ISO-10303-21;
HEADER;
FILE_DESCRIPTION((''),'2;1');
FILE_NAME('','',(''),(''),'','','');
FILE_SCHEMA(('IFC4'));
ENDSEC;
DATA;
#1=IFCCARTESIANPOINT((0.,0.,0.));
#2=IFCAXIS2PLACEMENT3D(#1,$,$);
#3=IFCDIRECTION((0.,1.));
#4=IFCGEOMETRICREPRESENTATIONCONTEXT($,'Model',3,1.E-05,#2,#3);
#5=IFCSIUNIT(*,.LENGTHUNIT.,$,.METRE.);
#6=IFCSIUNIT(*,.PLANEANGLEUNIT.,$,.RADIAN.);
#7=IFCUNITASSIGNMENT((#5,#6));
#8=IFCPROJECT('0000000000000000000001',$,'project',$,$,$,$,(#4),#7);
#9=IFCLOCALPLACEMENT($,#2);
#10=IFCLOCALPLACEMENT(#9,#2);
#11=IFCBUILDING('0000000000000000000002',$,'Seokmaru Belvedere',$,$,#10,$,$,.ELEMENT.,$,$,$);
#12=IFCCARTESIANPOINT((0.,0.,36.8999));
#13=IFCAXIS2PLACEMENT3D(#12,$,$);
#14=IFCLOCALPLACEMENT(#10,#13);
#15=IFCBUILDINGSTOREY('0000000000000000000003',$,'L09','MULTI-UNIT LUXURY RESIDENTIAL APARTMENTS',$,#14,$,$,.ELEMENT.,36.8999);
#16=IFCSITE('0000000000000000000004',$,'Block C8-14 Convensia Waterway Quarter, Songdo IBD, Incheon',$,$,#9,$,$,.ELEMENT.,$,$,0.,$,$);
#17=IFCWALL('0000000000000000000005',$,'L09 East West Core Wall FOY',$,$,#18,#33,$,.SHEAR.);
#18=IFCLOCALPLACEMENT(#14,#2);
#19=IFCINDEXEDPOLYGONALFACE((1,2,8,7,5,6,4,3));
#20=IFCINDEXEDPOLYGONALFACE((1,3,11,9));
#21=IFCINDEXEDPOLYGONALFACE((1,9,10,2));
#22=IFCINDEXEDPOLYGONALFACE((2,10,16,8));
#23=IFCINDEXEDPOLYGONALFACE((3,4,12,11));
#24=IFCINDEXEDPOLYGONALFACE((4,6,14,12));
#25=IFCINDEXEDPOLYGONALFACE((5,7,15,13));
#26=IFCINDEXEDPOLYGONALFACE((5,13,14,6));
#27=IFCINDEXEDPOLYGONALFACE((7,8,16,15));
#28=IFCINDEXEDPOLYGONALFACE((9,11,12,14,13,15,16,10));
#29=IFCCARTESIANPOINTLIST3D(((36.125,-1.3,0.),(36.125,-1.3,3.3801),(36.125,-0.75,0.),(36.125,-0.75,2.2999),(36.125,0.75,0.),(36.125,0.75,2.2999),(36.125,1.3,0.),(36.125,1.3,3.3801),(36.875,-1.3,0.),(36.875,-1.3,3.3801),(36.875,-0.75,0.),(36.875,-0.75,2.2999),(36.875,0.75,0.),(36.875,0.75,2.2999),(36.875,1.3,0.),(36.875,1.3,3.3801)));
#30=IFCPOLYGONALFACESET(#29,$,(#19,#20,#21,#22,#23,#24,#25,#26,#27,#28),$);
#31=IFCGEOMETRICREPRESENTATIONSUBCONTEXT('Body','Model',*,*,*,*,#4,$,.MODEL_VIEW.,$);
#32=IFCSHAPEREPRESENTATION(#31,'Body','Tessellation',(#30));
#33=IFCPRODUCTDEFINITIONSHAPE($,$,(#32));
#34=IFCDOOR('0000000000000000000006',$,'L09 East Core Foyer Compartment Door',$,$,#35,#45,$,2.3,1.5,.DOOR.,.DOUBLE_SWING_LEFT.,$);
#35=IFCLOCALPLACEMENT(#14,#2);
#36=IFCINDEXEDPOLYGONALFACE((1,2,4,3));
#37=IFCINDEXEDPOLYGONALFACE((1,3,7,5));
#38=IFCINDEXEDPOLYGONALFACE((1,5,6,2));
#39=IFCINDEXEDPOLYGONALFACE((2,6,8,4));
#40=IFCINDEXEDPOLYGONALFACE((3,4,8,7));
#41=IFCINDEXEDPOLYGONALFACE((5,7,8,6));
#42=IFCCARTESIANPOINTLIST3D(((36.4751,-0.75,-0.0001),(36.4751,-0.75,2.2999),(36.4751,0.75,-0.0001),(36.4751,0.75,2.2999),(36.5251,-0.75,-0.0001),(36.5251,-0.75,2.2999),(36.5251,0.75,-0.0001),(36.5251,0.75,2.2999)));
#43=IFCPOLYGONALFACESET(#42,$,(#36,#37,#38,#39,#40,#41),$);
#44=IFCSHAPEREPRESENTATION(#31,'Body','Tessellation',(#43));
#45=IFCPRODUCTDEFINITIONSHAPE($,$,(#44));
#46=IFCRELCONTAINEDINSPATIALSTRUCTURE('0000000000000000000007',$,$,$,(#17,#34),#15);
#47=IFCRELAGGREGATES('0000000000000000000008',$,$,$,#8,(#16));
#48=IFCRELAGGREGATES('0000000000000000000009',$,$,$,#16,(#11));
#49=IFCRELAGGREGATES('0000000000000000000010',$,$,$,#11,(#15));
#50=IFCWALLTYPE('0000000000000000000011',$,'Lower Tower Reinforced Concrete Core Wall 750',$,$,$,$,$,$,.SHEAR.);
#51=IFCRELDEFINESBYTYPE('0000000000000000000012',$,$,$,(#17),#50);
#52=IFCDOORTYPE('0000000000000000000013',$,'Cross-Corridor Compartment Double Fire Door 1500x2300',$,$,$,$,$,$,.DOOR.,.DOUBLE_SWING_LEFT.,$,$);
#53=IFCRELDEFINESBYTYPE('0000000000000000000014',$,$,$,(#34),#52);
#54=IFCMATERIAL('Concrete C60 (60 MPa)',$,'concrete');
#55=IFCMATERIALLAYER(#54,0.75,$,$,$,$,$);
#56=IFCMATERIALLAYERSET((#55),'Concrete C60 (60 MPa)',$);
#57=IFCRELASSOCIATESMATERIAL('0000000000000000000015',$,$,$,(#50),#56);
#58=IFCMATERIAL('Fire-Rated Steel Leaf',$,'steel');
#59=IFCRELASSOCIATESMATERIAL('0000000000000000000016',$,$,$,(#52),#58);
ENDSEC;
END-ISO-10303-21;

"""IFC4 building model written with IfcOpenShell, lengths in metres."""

from ifc_helpers import new_model, si_unit, direction, frame, frame_2d, origin, place, context, subcontext, project, spatial, rectangle, extrude, source, transform, mapped, material, layer, layer_set, type_object, type_shapes, element, fill, save


model = new_model("IFC4")

# Units and contexts
model_context = context("Model", 3, precision=1e-05, world=origin(), true_north=direction((0.0, 1.0)))
body_context = subcontext(model_context, "Body", "Model", "MODEL_VIEW")
ifc_project = project(units=[si_unit("LENGTHUNIT", "METRE"), si_unit("PLANEANGLEUNIT", "RADIAN")], contexts=[model_context])

# Site, building, storey
site_placement = place(None, origin())
site = spatial("IfcSite", under=ifc_project, at=site_placement, Name="Block C8-14 Convensia Waterway Quarter, Songdo IBD, Incheon", CompositionType="ELEMENT", RefElevation=0.0)
building_placement = place(site_placement, origin())
building = spatial("IfcBuilding", under=site, at=building_placement, Name="Seokmaru Belvedere", CompositionType="ELEMENT")
storey_placement = place(building_placement, frame((0.0, 0.0, 36.8999)))
storey = spatial("IfcBuildingStorey", under=building, at=storey_placement, Name="L09", Description="MULTI-UNIT LUXURY RESIDENTIAL APARTMENTS", CompositionType="ELEMENT", Elevation=36.8999)

# Shared definitions
ifc_material_1 = material(Name="Fire-Rated Steel Leaf", Category="steel")

# Wall, opening, door
ifc_material_2 = material(Name="Concrete C60 (60 MPa)", Category="concrete")
ifc_layer_1 = layer(ifc_material_2, 0.75)
ifc_layer_set_1 = layer_set([ifc_layer_1], Name="Concrete C60 (60 MPa)")
wall_type_1 = type_object("IfcWallType", Name="Lower Tower Reinforced Concrete Core Wall 750", PredefinedType="SHEAR", material=ifc_layer_set_1)
wall_1_placement = place(storey_placement, frame((36.5, -1.3, 0.0), z_axis=(0.0, 0.0, 1.0), x_axis=(0.0, 1.0, 0.0)))
wall_1 = element("IfcWall", 1, at=wall_1_placement, inside=storey, type_object=wall_type_1, Name="L09 East West Core Wall FOY", PredefinedType="SHEAR", context=body_context, shape_type="SweptSolid", body=[
    extrude(rectangle(XDim=2.6001, YDim=0.75, at=frame_2d((1.3, 0.0))), origin(), (0.0, 0.0, 1.0), 3.3801),
])
opening_1_placement = place(wall_1_placement, frame((0.55, 0.0, 0.0)))
opening_1 = element("IfcOpeningElement", 2, at=opening_1_placement, cuts=wall_1, PredefinedType="OPENING", context=body_context, shape_type="SweptSolid", body=[
    extrude(rectangle(XDim=1.5, YDim=2.3, at=frame_2d((0.75, 1.1499))), frame((0.0, 0.385, 0.0), z_axis=(0.0, -1.0, 0.0), x_axis=(1.0, 0.0, 0.0)), (0.0, 0.0, 1.0), 0.77),
])
door_type_1 = type_object("IfcDoorType", Name="Cross-Corridor Compartment Double Fire Door 1500x2300", OperationType="DOUBLE_SWING_LEFT", PredefinedType="DOOR", material=ifc_material_1)
shared_shape_1 = source(origin(), body_context, "Body", "SweptSolid", [
    extrude(rectangle(XDim=1.5, YDim=2.3, at=frame_2d((0.75, 1.1499))), frame((0.0, 0.0249, 0.0), z_axis=(0.0, -1.0, 0.0), x_axis=(1.0, 0.0, 0.0)), (0.0, 0.0, 1.0), 0.05),
])
type_shapes(door_type_1, [shared_shape_1])
door_1_placement = place(opening_1_placement, origin())
door_1 = element("IfcDoor", 3, at=door_1_placement, inside=storey, type_object=door_type_1, Name="L09 East Core Foyer Compartment Door", OperationType="DOUBLE_SWING_LEFT", OverallHeight=2.3, OverallWidth=1.5, PredefinedType="DOOR", context=body_context, shape_type="MappedRepresentation", body=[
    mapped(shared_shape_1, transform((0.0, 0.0, 0.0), scale=1.0)),
])
fill(opening_1, door_1)

save(model, "model.ifc")
